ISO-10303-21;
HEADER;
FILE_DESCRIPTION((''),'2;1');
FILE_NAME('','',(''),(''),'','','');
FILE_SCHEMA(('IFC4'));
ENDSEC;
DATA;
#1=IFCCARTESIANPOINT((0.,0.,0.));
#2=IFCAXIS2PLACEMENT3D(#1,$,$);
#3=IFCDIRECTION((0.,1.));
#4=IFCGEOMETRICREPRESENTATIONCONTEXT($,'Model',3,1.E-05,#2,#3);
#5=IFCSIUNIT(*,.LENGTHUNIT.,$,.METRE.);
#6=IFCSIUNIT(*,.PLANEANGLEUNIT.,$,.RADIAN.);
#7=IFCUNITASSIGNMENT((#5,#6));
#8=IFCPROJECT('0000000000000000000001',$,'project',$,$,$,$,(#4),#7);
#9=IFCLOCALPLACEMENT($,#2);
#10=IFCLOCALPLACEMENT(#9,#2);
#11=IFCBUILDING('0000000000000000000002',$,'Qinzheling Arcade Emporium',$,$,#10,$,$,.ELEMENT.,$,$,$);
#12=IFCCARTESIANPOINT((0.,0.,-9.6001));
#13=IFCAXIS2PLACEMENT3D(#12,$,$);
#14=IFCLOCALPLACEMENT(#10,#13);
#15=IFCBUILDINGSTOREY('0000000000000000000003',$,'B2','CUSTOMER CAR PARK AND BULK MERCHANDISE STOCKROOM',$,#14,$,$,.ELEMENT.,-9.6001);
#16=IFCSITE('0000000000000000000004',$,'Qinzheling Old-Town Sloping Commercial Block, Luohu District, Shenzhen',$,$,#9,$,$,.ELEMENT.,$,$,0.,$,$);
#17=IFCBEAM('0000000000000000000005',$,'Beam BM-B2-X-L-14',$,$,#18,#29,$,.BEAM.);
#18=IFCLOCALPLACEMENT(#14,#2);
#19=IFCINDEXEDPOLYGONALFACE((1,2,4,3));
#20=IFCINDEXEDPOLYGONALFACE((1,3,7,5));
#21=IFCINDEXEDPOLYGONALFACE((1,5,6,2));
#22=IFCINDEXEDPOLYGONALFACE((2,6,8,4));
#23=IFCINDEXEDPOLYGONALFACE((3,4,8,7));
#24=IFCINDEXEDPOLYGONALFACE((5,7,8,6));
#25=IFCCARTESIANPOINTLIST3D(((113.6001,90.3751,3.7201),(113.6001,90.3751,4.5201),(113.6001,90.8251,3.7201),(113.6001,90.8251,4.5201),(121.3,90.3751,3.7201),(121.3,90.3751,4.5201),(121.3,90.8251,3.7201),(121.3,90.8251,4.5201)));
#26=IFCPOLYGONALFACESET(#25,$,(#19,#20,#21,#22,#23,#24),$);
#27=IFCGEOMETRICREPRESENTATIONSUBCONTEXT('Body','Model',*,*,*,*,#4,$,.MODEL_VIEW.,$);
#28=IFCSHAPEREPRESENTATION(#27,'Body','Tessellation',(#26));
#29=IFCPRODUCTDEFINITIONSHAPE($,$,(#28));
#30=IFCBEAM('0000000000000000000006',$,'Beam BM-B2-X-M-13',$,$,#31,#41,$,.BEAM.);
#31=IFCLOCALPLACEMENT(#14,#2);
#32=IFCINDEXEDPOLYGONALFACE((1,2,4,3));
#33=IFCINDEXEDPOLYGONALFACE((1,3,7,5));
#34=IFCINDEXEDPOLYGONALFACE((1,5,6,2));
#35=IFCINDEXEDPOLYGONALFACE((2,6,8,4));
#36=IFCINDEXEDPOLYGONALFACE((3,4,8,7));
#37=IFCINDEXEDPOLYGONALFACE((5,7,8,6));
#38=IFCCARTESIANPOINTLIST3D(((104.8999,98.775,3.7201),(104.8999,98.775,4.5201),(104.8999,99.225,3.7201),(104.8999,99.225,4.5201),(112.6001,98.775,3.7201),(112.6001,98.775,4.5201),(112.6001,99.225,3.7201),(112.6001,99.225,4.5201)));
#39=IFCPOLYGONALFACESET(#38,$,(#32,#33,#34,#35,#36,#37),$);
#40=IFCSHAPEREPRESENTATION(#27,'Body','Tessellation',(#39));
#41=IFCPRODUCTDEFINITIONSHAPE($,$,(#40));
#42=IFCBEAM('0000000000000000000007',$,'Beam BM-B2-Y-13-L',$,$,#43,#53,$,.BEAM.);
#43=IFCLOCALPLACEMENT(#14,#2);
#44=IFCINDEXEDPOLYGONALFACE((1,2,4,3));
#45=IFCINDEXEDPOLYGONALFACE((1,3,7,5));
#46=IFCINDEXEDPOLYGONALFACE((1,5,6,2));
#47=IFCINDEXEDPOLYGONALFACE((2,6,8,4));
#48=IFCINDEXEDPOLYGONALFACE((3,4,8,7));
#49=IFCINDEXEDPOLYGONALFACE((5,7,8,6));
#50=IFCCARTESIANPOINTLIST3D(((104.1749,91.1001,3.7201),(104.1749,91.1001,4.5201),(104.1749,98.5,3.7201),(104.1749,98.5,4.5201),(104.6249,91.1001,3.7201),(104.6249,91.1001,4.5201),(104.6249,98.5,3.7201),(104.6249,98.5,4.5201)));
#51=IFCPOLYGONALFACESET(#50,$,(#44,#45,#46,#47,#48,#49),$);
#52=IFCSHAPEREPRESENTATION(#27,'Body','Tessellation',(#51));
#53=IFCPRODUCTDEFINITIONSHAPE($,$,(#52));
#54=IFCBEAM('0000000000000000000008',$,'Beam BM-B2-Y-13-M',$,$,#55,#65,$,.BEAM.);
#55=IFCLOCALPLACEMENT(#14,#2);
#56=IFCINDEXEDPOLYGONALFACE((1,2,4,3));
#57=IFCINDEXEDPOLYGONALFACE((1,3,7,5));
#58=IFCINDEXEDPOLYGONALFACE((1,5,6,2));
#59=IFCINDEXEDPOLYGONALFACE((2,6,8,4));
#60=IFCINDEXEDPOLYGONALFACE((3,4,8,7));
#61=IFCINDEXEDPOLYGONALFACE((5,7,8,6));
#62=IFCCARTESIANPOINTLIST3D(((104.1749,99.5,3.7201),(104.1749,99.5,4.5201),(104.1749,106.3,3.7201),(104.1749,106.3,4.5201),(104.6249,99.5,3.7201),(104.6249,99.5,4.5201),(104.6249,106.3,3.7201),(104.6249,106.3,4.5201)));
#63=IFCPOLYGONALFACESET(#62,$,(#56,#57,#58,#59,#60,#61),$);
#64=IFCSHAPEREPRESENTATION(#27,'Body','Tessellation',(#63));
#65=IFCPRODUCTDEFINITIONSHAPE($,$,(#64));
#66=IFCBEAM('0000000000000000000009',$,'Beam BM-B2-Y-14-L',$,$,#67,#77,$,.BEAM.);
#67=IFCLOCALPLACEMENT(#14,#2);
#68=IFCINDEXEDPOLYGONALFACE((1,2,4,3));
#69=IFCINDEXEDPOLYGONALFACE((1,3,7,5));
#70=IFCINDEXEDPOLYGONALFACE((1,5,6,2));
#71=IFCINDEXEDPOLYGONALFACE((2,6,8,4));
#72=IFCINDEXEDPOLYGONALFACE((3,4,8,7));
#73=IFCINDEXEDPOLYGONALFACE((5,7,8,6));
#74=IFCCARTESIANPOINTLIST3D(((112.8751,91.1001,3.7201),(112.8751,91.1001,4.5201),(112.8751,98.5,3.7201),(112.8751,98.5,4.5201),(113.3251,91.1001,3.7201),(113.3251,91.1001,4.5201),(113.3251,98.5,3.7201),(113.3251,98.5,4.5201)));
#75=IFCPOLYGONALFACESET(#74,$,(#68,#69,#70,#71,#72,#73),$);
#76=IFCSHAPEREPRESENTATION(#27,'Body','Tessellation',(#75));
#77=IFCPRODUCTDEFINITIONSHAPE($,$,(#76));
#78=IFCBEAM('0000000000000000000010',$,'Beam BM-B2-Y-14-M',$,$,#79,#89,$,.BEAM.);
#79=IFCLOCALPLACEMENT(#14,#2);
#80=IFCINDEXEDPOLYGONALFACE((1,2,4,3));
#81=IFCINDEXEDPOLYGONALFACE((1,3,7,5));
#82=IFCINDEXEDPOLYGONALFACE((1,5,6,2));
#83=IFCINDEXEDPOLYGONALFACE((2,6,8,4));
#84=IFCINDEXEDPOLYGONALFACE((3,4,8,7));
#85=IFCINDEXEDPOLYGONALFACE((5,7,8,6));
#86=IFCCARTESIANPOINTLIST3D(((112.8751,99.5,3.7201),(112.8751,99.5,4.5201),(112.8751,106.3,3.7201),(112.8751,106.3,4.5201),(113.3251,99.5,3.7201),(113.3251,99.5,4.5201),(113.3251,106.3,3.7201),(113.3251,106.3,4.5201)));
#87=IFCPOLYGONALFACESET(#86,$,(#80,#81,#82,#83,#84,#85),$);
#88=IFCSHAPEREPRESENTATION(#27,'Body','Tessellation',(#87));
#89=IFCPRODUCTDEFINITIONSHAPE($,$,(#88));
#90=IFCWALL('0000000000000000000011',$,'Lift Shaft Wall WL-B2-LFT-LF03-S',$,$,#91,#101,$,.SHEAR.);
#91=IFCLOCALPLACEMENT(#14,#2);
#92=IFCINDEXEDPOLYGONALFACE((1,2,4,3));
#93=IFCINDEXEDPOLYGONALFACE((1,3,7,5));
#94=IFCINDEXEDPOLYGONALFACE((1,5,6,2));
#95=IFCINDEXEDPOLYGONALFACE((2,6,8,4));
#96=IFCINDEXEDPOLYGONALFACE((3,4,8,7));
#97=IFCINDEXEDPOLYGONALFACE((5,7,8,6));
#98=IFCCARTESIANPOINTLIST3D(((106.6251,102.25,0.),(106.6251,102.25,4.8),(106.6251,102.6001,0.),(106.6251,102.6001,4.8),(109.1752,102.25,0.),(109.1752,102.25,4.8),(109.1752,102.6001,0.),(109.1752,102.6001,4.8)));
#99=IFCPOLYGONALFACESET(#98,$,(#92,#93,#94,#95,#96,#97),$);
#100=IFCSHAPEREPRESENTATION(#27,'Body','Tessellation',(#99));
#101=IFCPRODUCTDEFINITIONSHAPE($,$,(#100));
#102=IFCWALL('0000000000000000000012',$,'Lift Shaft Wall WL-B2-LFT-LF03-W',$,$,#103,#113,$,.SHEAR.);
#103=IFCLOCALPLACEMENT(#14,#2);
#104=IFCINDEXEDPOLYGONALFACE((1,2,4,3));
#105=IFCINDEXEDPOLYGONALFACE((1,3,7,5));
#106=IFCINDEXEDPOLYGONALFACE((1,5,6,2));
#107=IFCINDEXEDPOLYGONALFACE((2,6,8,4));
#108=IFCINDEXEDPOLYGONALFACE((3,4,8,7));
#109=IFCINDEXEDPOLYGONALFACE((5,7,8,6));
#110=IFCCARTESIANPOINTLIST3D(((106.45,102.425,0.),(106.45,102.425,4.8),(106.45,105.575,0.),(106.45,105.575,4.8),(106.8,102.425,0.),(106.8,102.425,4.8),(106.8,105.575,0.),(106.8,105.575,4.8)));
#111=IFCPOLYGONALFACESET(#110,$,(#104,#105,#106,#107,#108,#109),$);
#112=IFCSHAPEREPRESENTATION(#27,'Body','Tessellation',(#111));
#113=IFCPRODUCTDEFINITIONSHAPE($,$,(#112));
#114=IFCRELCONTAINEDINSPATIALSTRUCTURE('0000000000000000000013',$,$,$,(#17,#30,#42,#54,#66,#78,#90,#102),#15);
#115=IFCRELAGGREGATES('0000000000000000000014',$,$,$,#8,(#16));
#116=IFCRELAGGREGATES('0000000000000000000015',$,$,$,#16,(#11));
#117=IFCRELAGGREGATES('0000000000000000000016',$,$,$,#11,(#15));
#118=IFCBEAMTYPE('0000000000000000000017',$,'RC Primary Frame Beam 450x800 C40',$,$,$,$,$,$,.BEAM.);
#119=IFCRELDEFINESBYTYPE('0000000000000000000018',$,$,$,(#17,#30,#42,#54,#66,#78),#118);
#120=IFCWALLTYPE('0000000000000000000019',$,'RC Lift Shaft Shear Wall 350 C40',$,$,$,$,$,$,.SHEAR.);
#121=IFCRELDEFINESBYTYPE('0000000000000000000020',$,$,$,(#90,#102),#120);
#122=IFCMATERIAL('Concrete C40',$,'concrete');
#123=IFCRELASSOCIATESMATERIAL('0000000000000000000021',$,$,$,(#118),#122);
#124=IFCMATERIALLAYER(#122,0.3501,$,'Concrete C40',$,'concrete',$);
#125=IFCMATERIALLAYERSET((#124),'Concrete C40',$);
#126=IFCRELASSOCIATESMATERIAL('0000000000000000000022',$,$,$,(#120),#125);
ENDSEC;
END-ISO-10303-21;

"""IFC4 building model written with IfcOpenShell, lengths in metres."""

from ifc_helpers import new_model, si_unit, direction, frame, frame_2d, origin, origin_2d, place, context, subcontext, project, spatial, rectangle, extrude, material, layer, layer_set, material_profile, profile_set, type_object, element, save


model = new_model("IFC4")

# Units and contexts
model_context = context("Model", 3, precision=1e-05, world=origin(), true_north=direction((0.0, 1.0)))
body_context = subcontext(model_context, "Body", "Model", "MODEL_VIEW")
ifc_project = project(units=[si_unit("LENGTHUNIT", "METRE"), si_unit("PLANEANGLEUNIT", "RADIAN")], contexts=[model_context])

# Site, building, storey
site_placement = place(None, origin())
site = spatial("IfcSite", under=ifc_project, at=site_placement, Name="Qinzheling Old-Town Sloping Commercial Block, Luohu District, Shenzhen", CompositionType="ELEMENT", RefElevation=0.0)
building_placement = place(site_placement, origin())
building = spatial("IfcBuilding", under=site, at=building_placement, Name="Qinzheling Arcade Emporium", CompositionType="ELEMENT")
storey_placement = place(building_placement, frame((0.0, 0.0, -9.6001)))
storey = spatial("IfcBuildingStorey", under=building, at=storey_placement, Name="B2", Description="CUSTOMER CAR PARK AND BULK MERCHANDISE STOCKROOM", CompositionType="ELEMENT", Elevation=-9.6001)

# Shared definitions
ifc_material_1 = material(Name="Concrete C40", Category="concrete")

# Beams
ifc_material_profile_1 = material_profile(ifc_material_1, rectangle(XDim=0.45, YDim=0.8, at=origin_2d()), Name="RC 450x800", Category="concrete")
ifc_profile_set_1 = profile_set([ifc_material_profile_1], Name="Concrete C40")
beam_type = type_object("IfcBeamType", Name="RC Primary Frame Beam 450x800 C40", PredefinedType="BEAM", material=ifc_profile_set_1)
beam_1_placement = place(storey_placement, frame((113.6001, 90.6001, 4.1201), z_axis=(1.0, 0.0, 0.0), x_axis=(0.0, 1.0, 0.0)))
element("IfcBeam", 1, at=beam_1_placement, inside=storey, type_object=beam_type, Name="Beam BM-B2-X-L-14", PredefinedType="BEAM", context=body_context, shape_type="SweptSolid", body=[
    extrude(rectangle(XDim=0.45, YDim=0.8, at=origin_2d()), origin(), (0.0, 0.0, 1.0), 7.7),
])
beam_2_placement = place(storey_placement, frame((104.8999, 99.0, 4.1201), z_axis=(1.0, 0.0, 0.0), x_axis=(0.0, 1.0, 0.0)))
element("IfcBeam", 2, at=beam_2_placement, inside=storey, type_object=beam_type, Name="Beam BM-B2-X-M-13", PredefinedType="BEAM", context=body_context, shape_type="SweptSolid", body=[
    extrude(rectangle(XDim=0.45, YDim=0.8, at=origin_2d()), origin(), (0.0, 0.0, 1.0), 7.7002),
])
beam_3_placement = place(storey_placement, frame((104.3999, 91.1001, 4.1201), z_axis=(0.0, 1.0, 0.0), x_axis=(-1.0, 0.0, 0.0)))
element("IfcBeam", 3, at=beam_3_placement, inside=storey, type_object=beam_type, Name="Beam BM-B2-Y-13-L", PredefinedType="BEAM", context=body_context, shape_type="SweptSolid", body=[
    extrude(rectangle(XDim=0.45, YDim=0.8, at=origin_2d()), origin(), (0.0, 0.0, 1.0), 7.3999),
])
beam_4_placement = place(storey_placement, frame((104.3999, 99.5, 4.1201), z_axis=(0.0, 1.0, 0.0), x_axis=(-1.0, 0.0, 0.0)))
element("IfcBeam", 4, at=beam_4_placement, inside=storey, type_object=beam_type, Name="Beam BM-B2-Y-13-M", PredefinedType="BEAM", context=body_context, shape_type="SweptSolid", body=[
    extrude(rectangle(XDim=0.45, YDim=0.8, at=origin_2d()), origin(), (0.0, 0.0, 1.0), 6.8),
])
beam_5_placement = place(storey_placement, frame((113.1001, 91.1001, 4.1201), z_axis=(0.0, 1.0, 0.0), x_axis=(-1.0, 0.0, 0.0)))
element("IfcBeam", 5, at=beam_5_placement, inside=storey, type_object=beam_type, Name="Beam BM-B2-Y-14-L", PredefinedType="BEAM", context=body_context, shape_type="SweptSolid", body=[
    extrude(rectangle(XDim=0.45, YDim=0.8, at=origin_2d()), origin(), (0.0, 0.0, 1.0), 7.3999),
])
beam_6_placement = place(storey_placement, frame((113.1001, 99.5, 4.1201), z_axis=(0.0, 1.0, 0.0), x_axis=(-1.0, 0.0, 0.0)))
element("IfcBeam", 6, at=beam_6_placement, inside=storey, type_object=beam_type, Name="Beam BM-B2-Y-14-M", PredefinedType="BEAM", context=body_context, shape_type="SweptSolid", body=[
    extrude(rectangle(XDim=0.45, YDim=0.8, at=origin_2d()), origin(), (0.0, 0.0, 1.0), 6.8),
])

# Walls
ifc_layer = layer(ifc_material_1, 0.3501, Name="Concrete C40", Category="concrete")
ifc_layer_set = layer_set([ifc_layer], Name="Concrete C40")
wall_type = type_object("IfcWallType", Name="RC Lift Shaft Shear Wall 350 C40", PredefinedType="SHEAR", material=ifc_layer_set)
wall_1_placement = place(storey_placement, frame((109.175, 102.425, 0.0), z_axis=(0.0, 0.0, 1.0), x_axis=(-1.0, 0.0, 0.0)))
element("IfcWall", 7, at=wall_1_placement, inside=storey, type_object=wall_type, Name="Lift Shaft Wall WL-B2-LFT-LF03-S", PredefinedType="SHEAR", context=body_context, shape_type="SweptSolid", body=[
    extrude(rectangle(XDim=2.55, YDim=0.3501, at=frame_2d((1.2749, 0.0))), origin(), (0.0, 0.0, 1.0), 4.8),
])
wall_2_placement = place(storey_placement, frame((106.625, 102.425, 0.0), z_axis=(0.0, 0.0, 1.0), x_axis=(0.0, 1.0, 0.0)))
element("IfcWall", 8, at=wall_2_placement, inside=storey, type_object=wall_type, Name="Lift Shaft Wall WL-B2-LFT-LF03-W", PredefinedType="SHEAR", context=body_context, shape_type="SweptSolid", body=[
    extrude(rectangle(XDim=3.1499, YDim=0.3501, at=frame_2d((1.575, 0.0))), origin(), (0.0, 0.0, 1.0), 4.8),
])

save(model, "model.ifc")
